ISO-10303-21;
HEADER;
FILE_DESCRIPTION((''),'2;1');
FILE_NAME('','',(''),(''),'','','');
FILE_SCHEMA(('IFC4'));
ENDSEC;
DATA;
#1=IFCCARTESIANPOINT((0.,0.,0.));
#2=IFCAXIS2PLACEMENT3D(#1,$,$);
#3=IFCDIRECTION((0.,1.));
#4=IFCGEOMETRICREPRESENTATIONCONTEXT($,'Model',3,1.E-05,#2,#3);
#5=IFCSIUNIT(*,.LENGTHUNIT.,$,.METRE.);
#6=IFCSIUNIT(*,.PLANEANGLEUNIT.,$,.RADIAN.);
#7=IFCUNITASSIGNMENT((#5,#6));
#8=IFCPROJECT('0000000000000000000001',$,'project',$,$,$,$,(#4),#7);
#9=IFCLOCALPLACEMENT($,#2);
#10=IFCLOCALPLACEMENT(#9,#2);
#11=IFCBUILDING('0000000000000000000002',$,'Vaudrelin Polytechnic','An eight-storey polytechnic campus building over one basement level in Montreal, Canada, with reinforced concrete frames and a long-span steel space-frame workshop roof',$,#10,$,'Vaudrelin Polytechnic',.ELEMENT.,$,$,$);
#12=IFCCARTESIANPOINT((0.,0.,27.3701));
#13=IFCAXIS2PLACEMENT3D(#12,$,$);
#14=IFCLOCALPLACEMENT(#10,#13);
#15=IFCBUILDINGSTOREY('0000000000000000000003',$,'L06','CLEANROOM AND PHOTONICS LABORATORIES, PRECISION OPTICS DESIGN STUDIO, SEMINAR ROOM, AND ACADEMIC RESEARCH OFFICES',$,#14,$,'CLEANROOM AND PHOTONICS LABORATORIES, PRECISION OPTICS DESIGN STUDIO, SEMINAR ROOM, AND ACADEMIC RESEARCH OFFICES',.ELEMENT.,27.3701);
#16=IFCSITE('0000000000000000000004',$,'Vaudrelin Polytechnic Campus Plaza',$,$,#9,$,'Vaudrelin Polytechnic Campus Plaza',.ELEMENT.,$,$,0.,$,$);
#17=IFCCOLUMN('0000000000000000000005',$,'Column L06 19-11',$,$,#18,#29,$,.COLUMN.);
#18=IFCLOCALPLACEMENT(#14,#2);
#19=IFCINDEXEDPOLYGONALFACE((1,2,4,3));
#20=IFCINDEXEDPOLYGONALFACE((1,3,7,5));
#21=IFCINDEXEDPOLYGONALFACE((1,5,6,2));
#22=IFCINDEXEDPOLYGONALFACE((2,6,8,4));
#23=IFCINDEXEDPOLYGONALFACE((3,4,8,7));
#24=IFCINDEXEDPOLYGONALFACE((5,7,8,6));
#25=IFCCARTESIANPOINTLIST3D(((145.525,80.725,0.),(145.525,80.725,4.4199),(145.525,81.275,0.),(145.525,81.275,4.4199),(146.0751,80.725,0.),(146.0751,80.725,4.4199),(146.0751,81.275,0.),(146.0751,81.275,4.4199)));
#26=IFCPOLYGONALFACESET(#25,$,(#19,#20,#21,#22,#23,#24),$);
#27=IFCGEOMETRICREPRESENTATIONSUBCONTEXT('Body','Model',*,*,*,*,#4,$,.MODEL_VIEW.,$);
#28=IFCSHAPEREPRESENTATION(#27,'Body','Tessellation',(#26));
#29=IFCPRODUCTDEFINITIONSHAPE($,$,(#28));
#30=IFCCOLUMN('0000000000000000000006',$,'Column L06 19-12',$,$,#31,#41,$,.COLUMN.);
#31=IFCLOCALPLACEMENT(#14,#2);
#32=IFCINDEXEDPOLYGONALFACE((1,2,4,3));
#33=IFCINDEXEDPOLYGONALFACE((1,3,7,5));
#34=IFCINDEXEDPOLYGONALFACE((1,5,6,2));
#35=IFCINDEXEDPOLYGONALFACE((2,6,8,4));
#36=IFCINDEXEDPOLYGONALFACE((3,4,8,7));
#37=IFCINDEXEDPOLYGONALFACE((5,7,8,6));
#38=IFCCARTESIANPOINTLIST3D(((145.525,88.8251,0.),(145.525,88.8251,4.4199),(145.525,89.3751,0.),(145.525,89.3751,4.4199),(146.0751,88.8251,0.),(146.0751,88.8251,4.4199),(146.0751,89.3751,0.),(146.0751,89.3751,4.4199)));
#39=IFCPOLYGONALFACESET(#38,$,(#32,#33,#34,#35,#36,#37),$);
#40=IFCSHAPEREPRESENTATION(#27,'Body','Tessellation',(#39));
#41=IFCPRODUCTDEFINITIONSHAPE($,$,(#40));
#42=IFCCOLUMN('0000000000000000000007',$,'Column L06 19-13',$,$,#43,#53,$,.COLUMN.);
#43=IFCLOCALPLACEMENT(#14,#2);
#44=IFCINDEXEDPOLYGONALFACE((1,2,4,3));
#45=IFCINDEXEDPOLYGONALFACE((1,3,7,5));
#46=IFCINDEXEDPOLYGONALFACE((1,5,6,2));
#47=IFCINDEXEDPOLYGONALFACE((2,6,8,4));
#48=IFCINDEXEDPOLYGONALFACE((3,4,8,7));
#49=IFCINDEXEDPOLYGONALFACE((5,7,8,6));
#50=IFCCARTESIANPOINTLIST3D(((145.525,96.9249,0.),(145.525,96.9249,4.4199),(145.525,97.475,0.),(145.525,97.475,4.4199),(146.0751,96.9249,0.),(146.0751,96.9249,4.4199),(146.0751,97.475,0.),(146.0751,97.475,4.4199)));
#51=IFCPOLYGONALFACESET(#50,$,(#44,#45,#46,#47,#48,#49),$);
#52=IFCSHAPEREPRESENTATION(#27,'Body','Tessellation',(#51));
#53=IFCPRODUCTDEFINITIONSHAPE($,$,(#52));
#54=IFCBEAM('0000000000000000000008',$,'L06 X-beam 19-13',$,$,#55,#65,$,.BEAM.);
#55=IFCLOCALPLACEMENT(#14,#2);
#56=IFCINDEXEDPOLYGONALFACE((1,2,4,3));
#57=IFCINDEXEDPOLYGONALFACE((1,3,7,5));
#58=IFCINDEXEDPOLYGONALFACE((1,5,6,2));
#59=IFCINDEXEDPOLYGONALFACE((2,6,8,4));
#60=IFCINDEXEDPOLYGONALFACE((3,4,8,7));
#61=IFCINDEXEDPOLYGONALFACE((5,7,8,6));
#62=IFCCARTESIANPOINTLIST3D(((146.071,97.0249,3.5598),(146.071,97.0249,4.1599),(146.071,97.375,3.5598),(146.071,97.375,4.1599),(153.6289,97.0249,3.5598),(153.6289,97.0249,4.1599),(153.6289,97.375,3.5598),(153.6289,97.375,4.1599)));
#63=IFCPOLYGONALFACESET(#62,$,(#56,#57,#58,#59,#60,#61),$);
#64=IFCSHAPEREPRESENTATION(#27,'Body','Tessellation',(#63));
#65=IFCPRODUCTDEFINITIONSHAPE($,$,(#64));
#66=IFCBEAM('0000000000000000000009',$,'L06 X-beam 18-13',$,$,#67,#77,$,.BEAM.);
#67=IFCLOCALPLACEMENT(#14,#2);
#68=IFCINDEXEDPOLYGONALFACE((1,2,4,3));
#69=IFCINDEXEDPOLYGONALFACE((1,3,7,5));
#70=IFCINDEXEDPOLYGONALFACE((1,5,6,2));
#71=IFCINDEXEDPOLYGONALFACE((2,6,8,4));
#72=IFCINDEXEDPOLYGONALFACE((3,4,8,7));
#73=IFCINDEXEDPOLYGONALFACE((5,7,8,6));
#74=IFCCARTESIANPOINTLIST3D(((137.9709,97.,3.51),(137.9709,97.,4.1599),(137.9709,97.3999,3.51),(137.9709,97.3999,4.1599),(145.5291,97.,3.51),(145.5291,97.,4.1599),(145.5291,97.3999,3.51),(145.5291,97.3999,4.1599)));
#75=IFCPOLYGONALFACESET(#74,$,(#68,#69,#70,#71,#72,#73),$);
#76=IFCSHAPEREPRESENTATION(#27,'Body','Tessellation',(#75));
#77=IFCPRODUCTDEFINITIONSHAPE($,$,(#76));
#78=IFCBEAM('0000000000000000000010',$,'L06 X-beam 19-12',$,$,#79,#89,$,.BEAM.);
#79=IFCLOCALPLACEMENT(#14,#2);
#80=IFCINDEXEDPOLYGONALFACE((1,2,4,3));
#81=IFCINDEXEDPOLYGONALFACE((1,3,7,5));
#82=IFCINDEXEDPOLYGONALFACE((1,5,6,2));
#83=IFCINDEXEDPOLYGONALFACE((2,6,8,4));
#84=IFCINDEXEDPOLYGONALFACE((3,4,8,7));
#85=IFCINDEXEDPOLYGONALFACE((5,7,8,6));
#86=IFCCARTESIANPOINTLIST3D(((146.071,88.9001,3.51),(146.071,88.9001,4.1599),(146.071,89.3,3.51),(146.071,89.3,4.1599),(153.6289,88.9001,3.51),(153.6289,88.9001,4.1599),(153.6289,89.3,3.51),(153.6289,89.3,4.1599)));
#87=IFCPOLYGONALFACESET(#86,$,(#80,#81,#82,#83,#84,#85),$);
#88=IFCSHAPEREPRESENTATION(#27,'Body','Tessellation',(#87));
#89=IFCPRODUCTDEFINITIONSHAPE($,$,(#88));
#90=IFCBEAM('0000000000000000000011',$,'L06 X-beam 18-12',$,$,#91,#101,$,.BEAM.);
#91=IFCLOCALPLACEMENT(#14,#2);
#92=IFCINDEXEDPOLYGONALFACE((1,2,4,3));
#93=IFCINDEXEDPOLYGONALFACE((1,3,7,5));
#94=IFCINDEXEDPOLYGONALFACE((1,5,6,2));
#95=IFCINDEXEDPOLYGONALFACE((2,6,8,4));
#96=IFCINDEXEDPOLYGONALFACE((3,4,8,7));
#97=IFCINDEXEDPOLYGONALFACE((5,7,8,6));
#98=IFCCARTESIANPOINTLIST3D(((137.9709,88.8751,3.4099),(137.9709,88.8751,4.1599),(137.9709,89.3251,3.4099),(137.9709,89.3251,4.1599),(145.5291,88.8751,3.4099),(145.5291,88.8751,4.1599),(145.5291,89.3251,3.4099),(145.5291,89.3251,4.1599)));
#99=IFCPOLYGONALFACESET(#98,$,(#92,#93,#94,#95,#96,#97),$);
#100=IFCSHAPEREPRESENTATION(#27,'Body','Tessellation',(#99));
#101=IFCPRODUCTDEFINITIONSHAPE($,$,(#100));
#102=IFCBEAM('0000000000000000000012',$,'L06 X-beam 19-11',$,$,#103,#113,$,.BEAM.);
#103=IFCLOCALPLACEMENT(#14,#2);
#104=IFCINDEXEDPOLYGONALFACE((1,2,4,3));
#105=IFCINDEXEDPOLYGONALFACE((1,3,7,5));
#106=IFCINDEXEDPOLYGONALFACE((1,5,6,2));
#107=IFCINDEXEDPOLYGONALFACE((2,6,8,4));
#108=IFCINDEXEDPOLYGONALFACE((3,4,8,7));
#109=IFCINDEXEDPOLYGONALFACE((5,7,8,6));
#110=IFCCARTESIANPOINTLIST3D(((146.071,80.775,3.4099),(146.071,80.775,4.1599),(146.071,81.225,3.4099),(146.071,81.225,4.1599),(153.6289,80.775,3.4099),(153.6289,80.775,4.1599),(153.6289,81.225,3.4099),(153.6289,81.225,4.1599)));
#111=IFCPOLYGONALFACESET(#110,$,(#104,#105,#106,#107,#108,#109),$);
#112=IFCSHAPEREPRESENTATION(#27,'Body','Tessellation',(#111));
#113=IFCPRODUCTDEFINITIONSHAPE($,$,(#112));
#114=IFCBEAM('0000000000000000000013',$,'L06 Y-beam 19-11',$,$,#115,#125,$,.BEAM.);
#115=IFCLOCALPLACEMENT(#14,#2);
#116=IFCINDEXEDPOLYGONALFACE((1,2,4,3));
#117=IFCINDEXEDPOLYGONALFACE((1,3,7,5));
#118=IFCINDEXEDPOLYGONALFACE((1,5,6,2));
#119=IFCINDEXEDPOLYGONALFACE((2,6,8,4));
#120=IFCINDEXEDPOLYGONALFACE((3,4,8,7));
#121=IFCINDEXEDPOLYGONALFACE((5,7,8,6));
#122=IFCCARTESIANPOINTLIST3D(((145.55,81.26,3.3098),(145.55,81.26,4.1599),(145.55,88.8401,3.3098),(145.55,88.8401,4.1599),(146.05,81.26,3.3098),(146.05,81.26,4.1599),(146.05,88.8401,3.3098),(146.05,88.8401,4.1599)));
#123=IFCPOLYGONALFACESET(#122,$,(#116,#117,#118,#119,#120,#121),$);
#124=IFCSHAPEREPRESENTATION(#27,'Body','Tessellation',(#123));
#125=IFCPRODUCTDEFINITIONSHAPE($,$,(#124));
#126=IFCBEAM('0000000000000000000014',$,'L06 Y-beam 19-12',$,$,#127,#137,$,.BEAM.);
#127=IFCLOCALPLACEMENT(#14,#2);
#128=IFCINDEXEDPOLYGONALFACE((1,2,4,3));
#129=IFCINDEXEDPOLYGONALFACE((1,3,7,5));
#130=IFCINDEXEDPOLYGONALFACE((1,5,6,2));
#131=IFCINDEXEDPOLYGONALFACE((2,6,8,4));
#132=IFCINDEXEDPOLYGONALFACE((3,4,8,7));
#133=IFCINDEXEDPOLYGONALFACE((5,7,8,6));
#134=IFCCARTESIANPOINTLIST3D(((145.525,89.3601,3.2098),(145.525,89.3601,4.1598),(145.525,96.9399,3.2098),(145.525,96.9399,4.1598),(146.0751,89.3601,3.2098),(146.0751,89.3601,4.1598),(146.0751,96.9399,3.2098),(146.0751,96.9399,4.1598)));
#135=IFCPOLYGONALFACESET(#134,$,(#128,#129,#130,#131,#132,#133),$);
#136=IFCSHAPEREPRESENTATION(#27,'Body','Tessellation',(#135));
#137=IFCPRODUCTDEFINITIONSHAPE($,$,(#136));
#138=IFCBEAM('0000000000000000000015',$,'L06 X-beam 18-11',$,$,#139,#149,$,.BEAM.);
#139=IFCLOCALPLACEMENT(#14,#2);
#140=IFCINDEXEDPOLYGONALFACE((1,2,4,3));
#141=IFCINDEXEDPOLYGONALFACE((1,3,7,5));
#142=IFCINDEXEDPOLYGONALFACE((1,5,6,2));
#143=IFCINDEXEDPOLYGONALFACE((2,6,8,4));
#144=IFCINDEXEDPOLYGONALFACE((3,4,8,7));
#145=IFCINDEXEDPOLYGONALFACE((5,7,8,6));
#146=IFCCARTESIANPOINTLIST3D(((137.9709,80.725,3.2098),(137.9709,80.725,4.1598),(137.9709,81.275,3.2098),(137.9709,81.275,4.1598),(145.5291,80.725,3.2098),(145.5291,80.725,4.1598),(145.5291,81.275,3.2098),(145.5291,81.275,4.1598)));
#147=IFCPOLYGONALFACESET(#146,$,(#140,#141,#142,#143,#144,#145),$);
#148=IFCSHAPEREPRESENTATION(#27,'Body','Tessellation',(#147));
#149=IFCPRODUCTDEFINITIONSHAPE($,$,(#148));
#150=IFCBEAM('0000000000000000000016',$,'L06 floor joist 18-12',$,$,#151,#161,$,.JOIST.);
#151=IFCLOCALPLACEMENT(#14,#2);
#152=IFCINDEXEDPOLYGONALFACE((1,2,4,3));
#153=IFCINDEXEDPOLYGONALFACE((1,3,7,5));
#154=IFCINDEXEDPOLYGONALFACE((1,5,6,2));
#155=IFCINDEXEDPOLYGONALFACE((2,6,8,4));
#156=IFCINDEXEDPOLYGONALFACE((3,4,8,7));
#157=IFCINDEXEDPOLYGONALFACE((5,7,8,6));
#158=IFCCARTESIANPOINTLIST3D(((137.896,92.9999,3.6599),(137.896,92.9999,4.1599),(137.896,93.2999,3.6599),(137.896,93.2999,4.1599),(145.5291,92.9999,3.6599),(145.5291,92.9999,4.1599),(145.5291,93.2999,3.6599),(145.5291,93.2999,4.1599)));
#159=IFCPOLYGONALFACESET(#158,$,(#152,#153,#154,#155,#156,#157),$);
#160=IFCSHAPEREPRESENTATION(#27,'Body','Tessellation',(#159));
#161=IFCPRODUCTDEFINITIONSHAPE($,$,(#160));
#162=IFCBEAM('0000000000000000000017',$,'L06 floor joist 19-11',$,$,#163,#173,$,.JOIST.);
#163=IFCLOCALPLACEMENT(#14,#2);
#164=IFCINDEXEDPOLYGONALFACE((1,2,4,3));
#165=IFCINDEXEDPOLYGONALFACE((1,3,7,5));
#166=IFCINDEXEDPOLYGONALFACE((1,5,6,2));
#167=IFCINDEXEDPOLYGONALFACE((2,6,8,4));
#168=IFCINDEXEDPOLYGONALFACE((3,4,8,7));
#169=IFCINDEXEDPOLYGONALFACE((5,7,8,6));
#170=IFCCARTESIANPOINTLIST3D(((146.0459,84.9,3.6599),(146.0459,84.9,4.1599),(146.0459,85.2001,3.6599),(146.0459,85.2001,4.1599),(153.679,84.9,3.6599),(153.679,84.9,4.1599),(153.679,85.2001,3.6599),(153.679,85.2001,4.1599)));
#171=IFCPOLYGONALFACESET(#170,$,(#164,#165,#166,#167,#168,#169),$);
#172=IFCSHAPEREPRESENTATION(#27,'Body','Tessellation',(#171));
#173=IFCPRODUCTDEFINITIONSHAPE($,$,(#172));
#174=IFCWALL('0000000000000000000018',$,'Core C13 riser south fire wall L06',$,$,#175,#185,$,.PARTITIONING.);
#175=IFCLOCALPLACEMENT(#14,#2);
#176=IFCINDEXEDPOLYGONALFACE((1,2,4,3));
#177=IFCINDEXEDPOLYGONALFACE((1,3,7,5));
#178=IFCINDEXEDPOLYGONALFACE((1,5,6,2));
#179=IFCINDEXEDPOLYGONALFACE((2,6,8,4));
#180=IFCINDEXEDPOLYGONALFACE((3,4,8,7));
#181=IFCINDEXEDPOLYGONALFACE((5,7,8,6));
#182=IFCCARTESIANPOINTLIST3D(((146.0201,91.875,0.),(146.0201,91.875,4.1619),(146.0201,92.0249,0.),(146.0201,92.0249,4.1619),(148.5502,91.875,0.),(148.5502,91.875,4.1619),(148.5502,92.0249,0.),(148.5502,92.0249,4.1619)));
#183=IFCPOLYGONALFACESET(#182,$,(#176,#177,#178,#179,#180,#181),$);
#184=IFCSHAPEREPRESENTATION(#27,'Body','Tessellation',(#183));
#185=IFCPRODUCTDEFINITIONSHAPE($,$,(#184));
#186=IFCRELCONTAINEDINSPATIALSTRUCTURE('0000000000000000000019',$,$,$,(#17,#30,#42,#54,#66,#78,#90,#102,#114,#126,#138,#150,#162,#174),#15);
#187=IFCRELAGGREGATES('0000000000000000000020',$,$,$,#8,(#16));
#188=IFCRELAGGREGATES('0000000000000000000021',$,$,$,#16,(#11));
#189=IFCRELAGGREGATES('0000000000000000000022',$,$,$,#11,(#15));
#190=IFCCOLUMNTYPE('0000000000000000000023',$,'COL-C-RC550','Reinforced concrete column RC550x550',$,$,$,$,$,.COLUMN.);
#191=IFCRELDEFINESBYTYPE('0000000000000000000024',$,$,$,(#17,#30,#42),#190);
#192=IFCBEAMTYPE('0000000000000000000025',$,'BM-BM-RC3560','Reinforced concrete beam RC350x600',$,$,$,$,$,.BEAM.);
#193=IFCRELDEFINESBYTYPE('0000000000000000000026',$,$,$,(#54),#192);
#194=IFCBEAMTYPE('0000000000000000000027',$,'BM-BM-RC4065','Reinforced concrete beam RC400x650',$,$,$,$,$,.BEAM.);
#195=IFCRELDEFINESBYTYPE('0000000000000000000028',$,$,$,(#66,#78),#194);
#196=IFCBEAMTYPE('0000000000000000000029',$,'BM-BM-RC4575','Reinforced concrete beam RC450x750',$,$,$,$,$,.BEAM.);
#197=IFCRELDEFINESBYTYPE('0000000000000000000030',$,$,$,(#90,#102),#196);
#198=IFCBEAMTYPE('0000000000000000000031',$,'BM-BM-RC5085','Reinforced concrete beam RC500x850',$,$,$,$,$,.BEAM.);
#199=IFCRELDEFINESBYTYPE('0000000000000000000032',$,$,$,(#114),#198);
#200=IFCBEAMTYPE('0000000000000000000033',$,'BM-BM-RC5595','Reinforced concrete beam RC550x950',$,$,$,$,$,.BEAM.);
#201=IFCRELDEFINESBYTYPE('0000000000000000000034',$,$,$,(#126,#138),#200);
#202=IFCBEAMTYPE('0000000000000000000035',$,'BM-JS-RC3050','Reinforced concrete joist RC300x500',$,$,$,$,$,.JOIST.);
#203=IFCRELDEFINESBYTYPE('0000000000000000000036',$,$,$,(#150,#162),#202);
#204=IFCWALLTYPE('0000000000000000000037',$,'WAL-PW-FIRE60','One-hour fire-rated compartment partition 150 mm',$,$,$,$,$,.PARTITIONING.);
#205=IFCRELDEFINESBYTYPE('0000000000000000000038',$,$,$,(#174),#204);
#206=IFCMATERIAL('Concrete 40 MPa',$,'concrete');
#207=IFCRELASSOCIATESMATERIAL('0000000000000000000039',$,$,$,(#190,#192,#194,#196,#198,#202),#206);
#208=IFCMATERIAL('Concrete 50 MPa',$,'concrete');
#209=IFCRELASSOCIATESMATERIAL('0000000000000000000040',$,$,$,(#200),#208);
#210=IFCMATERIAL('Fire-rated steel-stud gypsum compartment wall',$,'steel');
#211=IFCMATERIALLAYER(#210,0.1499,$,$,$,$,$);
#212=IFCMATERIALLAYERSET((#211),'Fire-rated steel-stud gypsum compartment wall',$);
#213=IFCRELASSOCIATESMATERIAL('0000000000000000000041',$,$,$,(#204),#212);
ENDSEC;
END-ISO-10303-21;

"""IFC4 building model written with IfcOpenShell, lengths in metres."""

from ifc_helpers import new_model, si_unit, direction, frame, frame_2d, origin, origin_2d, place, context, subcontext, project, spatial, rectangle, extrude, material, layer, layer_set, material_profile, profile_set, type_object, element, save


model = new_model("IFC4")

# Units and contexts
model_context = context("Model", 3, precision=1e-05, world=origin(), true_north=direction((0.0, 1.0)))
body_context = subcontext(model_context, "Body", "Model", "MODEL_VIEW")
ifc_project = project(units=[si_unit("LENGTHUNIT", "METRE"), si_unit("PLANEANGLEUNIT", "RADIAN")], contexts=[model_context])

# Site, building, storey
site_placement = place(None, origin())
site = spatial("IfcSite", under=ifc_project, at=site_placement, Name="Vaudrelin Polytechnic Campus Plaza", LongName="Vaudrelin Polytechnic Campus Plaza", CompositionType="ELEMENT", RefElevation=0.0)
building_placement = place(site_placement, origin())
building = spatial("IfcBuilding", under=site, at=building_placement, Name="Vaudrelin Polytechnic", Description="An eight-storey polytechnic campus building over one basement level in Montreal, Canada, with reinforced concrete frames and a long-span steel space-frame workshop roof", LongName="Vaudrelin Polytechnic", CompositionType="ELEMENT")
storey_placement = place(building_placement, frame((0.0, 0.0, 27.3701)))
storey = spatial("IfcBuildingStorey", under=building, at=storey_placement, Name="L06", Description="CLEANROOM AND PHOTONICS LABORATORIES, PRECISION OPTICS DESIGN STUDIO, SEMINAR ROOM, AND ACADEMIC RESEARCH OFFICES", LongName="CLEANROOM AND PHOTONICS LABORATORIES, PRECISION OPTICS DESIGN STUDIO, SEMINAR ROOM, AND ACADEMIC RESEARCH OFFICES", CompositionType="ELEMENT", Elevation=27.3701)

# Columns
ifc_material_1 = material(Name="Concrete 40 MPa", Category="concrete")
ifc_material_profile_1 = material_profile(ifc_material_1, rectangle(XDim=0.55, YDim=0.55, at=origin_2d()), Name="RC550x550")
ifc_profile_set_1 = profile_set([ifc_material_profile_1], Name="Concrete 40 MPa")
column_type = type_object("IfcColumnType", Name="COL-C-RC550", Description="Reinforced concrete column RC550x550", PredefinedType="COLUMN", material=ifc_profile_set_1)
for number, where, z_axis, x_axis, name in (
    (1, (145.8, 81.0, 0.0), (0.0, 0.0, 1.0), (1.0, 0.0, 0.0), "Column L06 19-11"),
    (2, (145.8, 89.1001, 0.0), (0.0, 0.0, 1.0), (1.0, 0.0, 0.0), "Column L06 19-12"),
    (3, (145.8, 97.2, 0.0), (0.0, 0.0, 1.0), (1.0, 0.0, 0.0), "Column L06 19-13"),
):
    element("IfcColumn", number, at=place(storey_placement, frame(where, z_axis=z_axis, x_axis=x_axis)), inside=storey, type_object=column_type, Name=name, PredefinedType="COLUMN", context=body_context, shape_type="SweptSolid", body=[
        extrude(rectangle(XDim=0.55, YDim=0.55, at=origin_2d()), origin(), (0.0, 0.0, 1.0), 4.4199),
    ])

# Beams
ifc_material_profile_2 = material_profile(ifc_material_1, rectangle(XDim=0.3501, YDim=0.6001, at=origin_2d()), Name="RC350x600")
ifc_profile_set_2 = profile_set([ifc_material_profile_2], Name="Concrete 40 MPa")
beam_type_1 = type_object("IfcBeamType", Name="BM-BM-RC3560", Description="Reinforced concrete beam RC350x600", PredefinedType="BEAM", material=ifc_profile_set_2)
beam_1_placement = place(storey_placement, frame((146.071, 97.2, 3.8599), z_axis=(1.0, 0.0, 0.0), x_axis=(0.0, 1.0, 0.0)))
element("IfcBeam", 4, at=beam_1_placement, inside=storey, type_object=beam_type_1, Name="L06 X-beam 19-13", PredefinedType="BEAM", context=body_context, shape_type="SweptSolid", body=[
    extrude(rectangle(XDim=0.3501, YDim=0.6001, at=origin_2d()), origin(), (0.0, 0.0, 1.0), 7.5579),
])
ifc_material_profile_3 = material_profile(ifc_material_1, rectangle(XDim=0.3999, YDim=0.6499, at=origin_2d()), Name="RC400x650")
ifc_profile_set_3 = profile_set([ifc_material_profile_3], Name="Concrete 40 MPa")
beam_type_2 = type_object("IfcBeamType", Name="BM-BM-RC4065", Description="Reinforced concrete beam RC400x650", PredefinedType="BEAM", material=ifc_profile_set_3)
beam_2_placement = place(storey_placement, frame((137.9709, 97.2, 3.835), z_axis=(1.0, 0.0, 0.0), x_axis=(0.0, 1.0, 0.0)))
element("IfcBeam", 5, at=beam_2_placement, inside=storey, type_object=beam_type_2, Name="L06 X-beam 18-13", PredefinedType="BEAM", context=body_context, shape_type="SweptSolid", body=[
    extrude(rectangle(XDim=0.3999, YDim=0.6499, at=origin_2d()), origin(), (0.0, 0.0, 1.0), 7.5581),
])
beam_3_placement = place(storey_placement, frame((146.071, 89.1001, 3.835), z_axis=(1.0, 0.0, 0.0), x_axis=(0.0, 1.0, 0.0)))
element("IfcBeam", 6, at=beam_3_placement, inside=storey, type_object=beam_type_2, Name="L06 X-beam 19-12", PredefinedType="BEAM", context=body_context, shape_type="SweptSolid", body=[
    extrude(rectangle(XDim=0.3999, YDim=0.6499, at=origin_2d()), origin(), (0.0, 0.0, 1.0), 7.5579),
])
ifc_material_profile_4 = material_profile(ifc_material_1, rectangle(XDim=0.45, YDim=0.75, at=origin_2d()), Name="RC450x750")
ifc_profile_set_4 = profile_set([ifc_material_profile_4], Name="Concrete 40 MPa")
beam_type_3 = type_object("IfcBeamType", Name="BM-BM-RC4575", Description="Reinforced concrete beam RC450x750", PredefinedType="BEAM", material=ifc_profile_set_4)
beam_4_placement = place(storey_placement, frame((137.9709, 89.1001, 3.7849), z_axis=(1.0, 0.0, 0.0), x_axis=(0.0, 1.0, 0.0)))
element("IfcBeam", 7, at=beam_4_placement, inside=storey, type_object=beam_type_3, Name="L06 X-beam 18-12", PredefinedType="BEAM", context=body_context, shape_type="SweptSolid", body=[
    extrude(rectangle(XDim=0.45, YDim=0.75, at=origin_2d()), origin(), (0.0, 0.0, 1.0), 7.5581),
])
beam_5_placement = place(storey_placement, frame((146.071, 81.0, 3.7849), z_axis=(1.0, 0.0, 0.0), x_axis=(0.0, 1.0, 0.0)))
element("IfcBeam", 8, at=beam_5_placement, inside=storey, type_object=beam_type_3, Name="L06 X-beam 19-11", PredefinedType="BEAM", context=body_context, shape_type="SweptSolid", body=[
    extrude(rectangle(XDim=0.45, YDim=0.75, at=origin_2d()), origin(), (0.0, 0.0, 1.0), 7.5579),
])
ifc_material_profile_5 = material_profile(ifc_material_1, rectangle(XDim=0.5, YDim=0.8501, at=origin_2d()), Name="RC500x850")
ifc_profile_set_5 = profile_set([ifc_material_profile_5], Name="Concrete 40 MPa")
beam_type_4 = type_object("IfcBeamType", Name="BM-BM-RC5085", Description="Reinforced concrete beam RC500x850", PredefinedType="BEAM", material=ifc_profile_set_5)
beam_6_placement = place(storey_placement, frame((145.8, 81.26, 3.7349), z_axis=(0.0, 1.0, 0.0), x_axis=(-1.0, 0.0, 0.0)))
element("IfcBeam", 9, at=beam_6_placement, inside=storey, type_object=beam_type_4, Name="L06 Y-beam 19-11", PredefinedType="BEAM", context=body_context, shape_type="SweptSolid", body=[
    extrude(rectangle(XDim=0.5, YDim=0.8501, at=origin_2d()), origin(), (0.0, 0.0, 1.0), 7.5801),
])
ifc_material_2 = material(Name="Concrete 50 MPa", Category="concrete")
ifc_material_profile_6 = material_profile(ifc_material_2, rectangle(XDim=0.55, YDim=0.95, at=origin_2d()), Name="RC550x950")
ifc_profile_set_6 = profile_set([ifc_material_profile_6], Name="Concrete 50 MPa")
beam_type_5 = type_object("IfcBeamType", Name="BM-BM-RC5595", Description="Reinforced concrete beam RC550x950", PredefinedType="BEAM", material=ifc_profile_set_6)
beam_7_placement = place(storey_placement, frame((145.8, 89.3601, 3.6848), z_axis=(0.0, 1.0, 0.0), x_axis=(-1.0, 0.0, 0.0)))
element("IfcBeam", 10, at=beam_7_placement, inside=storey, type_object=beam_type_5, Name="L06 Y-beam 19-12", PredefinedType="BEAM", context=body_context, shape_type="SweptSolid", body=[
    extrude(rectangle(XDim=0.55, YDim=0.95, at=origin_2d()), origin(), (0.0, 0.0, 1.0), 7.5798),
])
beam_8_placement = place(storey_placement, frame((137.9709, 81.0, 3.6848), z_axis=(1.0, 0.0, 0.0), x_axis=(0.0, 1.0, 0.0)))
element("IfcBeam", 11, at=beam_8_placement, inside=storey, type_object=beam_type_5, Name="L06 X-beam 18-11", PredefinedType="BEAM", context=body_context, shape_type="SweptSolid", body=[
    extrude(rectangle(XDim=0.55, YDim=0.95, at=origin_2d()), origin(), (0.0, 0.0, 1.0), 7.5581),
])
ifc_material_profile_7 = material_profile(ifc_material_1, rectangle(XDim=0.3, YDim=0.5, at=origin_2d()), Name="RC300x500")
ifc_profile_set_7 = profile_set([ifc_material_profile_7], Name="Concrete 40 MPa")
beam_type_6 = type_object("IfcBeamType", Name="BM-JS-RC3050", Description="Reinforced concrete joist RC300x500", PredefinedType="JOIST", material=ifc_profile_set_7)
for number, where, z_axis, x_axis, name in (
    (12, (137.896, 93.1499, 3.9099), (1.0, 0.0, 0.0), (0.0, 1.0, 0.0), "L06 floor joist 18-12"),
    (13, (146.0459, 85.05, 3.9099), (1.0, 0.0, 0.0), (0.0, 1.0, 0.0), "L06 floor joist 19-11"),
):
    element("IfcBeam", number, at=place(storey_placement, frame(where, z_axis=z_axis, x_axis=x_axis)), inside=storey, type_object=beam_type_6, Name=name, PredefinedType="JOIST", context=body_context, shape_type="SweptSolid", body=[
        extrude(rectangle(XDim=0.3, YDim=0.5, at=origin_2d()), origin(), (0.0, 0.0, 1.0), 7.6331),
    ])

# Wall
ifc_material_3 = material(Name="Fire-rated steel-stud gypsum compartment wall", Category="steel")
ifc_layer_1 = layer(ifc_material_3, 0.1499)
ifc_layer_set_1 = layer_set([ifc_layer_1], Name="Fire-rated steel-stud gypsum compartment wall")
wall_type_1 = type_object("IfcWallType", Name="WAL-PW-FIRE60", Description="One-hour fire-rated compartment partition 150 mm", PredefinedType="PARTITIONING", material=ifc_layer_set_1)
wall_1_placement = place(storey_placement, frame((146.02, 91.95, 0.0), z_axis=(0.0, 0.0, 1.0), x_axis=(1.0, 0.0, 0.0)))
element("IfcWall", 14, at=wall_1_placement, inside=storey, type_object=wall_type_1, Name="Core C13 riser south fire wall L06", PredefinedType="PARTITIONING", context=body_context, shape_type="SweptSolid", body=[
    extrude(rectangle(XDim=2.53, YDim=0.1499, at=frame_2d((1.2651, 0.0))), origin(), (0.0, 0.0, 1.0), 4.1619),
])

save(model, "model.ifc")
